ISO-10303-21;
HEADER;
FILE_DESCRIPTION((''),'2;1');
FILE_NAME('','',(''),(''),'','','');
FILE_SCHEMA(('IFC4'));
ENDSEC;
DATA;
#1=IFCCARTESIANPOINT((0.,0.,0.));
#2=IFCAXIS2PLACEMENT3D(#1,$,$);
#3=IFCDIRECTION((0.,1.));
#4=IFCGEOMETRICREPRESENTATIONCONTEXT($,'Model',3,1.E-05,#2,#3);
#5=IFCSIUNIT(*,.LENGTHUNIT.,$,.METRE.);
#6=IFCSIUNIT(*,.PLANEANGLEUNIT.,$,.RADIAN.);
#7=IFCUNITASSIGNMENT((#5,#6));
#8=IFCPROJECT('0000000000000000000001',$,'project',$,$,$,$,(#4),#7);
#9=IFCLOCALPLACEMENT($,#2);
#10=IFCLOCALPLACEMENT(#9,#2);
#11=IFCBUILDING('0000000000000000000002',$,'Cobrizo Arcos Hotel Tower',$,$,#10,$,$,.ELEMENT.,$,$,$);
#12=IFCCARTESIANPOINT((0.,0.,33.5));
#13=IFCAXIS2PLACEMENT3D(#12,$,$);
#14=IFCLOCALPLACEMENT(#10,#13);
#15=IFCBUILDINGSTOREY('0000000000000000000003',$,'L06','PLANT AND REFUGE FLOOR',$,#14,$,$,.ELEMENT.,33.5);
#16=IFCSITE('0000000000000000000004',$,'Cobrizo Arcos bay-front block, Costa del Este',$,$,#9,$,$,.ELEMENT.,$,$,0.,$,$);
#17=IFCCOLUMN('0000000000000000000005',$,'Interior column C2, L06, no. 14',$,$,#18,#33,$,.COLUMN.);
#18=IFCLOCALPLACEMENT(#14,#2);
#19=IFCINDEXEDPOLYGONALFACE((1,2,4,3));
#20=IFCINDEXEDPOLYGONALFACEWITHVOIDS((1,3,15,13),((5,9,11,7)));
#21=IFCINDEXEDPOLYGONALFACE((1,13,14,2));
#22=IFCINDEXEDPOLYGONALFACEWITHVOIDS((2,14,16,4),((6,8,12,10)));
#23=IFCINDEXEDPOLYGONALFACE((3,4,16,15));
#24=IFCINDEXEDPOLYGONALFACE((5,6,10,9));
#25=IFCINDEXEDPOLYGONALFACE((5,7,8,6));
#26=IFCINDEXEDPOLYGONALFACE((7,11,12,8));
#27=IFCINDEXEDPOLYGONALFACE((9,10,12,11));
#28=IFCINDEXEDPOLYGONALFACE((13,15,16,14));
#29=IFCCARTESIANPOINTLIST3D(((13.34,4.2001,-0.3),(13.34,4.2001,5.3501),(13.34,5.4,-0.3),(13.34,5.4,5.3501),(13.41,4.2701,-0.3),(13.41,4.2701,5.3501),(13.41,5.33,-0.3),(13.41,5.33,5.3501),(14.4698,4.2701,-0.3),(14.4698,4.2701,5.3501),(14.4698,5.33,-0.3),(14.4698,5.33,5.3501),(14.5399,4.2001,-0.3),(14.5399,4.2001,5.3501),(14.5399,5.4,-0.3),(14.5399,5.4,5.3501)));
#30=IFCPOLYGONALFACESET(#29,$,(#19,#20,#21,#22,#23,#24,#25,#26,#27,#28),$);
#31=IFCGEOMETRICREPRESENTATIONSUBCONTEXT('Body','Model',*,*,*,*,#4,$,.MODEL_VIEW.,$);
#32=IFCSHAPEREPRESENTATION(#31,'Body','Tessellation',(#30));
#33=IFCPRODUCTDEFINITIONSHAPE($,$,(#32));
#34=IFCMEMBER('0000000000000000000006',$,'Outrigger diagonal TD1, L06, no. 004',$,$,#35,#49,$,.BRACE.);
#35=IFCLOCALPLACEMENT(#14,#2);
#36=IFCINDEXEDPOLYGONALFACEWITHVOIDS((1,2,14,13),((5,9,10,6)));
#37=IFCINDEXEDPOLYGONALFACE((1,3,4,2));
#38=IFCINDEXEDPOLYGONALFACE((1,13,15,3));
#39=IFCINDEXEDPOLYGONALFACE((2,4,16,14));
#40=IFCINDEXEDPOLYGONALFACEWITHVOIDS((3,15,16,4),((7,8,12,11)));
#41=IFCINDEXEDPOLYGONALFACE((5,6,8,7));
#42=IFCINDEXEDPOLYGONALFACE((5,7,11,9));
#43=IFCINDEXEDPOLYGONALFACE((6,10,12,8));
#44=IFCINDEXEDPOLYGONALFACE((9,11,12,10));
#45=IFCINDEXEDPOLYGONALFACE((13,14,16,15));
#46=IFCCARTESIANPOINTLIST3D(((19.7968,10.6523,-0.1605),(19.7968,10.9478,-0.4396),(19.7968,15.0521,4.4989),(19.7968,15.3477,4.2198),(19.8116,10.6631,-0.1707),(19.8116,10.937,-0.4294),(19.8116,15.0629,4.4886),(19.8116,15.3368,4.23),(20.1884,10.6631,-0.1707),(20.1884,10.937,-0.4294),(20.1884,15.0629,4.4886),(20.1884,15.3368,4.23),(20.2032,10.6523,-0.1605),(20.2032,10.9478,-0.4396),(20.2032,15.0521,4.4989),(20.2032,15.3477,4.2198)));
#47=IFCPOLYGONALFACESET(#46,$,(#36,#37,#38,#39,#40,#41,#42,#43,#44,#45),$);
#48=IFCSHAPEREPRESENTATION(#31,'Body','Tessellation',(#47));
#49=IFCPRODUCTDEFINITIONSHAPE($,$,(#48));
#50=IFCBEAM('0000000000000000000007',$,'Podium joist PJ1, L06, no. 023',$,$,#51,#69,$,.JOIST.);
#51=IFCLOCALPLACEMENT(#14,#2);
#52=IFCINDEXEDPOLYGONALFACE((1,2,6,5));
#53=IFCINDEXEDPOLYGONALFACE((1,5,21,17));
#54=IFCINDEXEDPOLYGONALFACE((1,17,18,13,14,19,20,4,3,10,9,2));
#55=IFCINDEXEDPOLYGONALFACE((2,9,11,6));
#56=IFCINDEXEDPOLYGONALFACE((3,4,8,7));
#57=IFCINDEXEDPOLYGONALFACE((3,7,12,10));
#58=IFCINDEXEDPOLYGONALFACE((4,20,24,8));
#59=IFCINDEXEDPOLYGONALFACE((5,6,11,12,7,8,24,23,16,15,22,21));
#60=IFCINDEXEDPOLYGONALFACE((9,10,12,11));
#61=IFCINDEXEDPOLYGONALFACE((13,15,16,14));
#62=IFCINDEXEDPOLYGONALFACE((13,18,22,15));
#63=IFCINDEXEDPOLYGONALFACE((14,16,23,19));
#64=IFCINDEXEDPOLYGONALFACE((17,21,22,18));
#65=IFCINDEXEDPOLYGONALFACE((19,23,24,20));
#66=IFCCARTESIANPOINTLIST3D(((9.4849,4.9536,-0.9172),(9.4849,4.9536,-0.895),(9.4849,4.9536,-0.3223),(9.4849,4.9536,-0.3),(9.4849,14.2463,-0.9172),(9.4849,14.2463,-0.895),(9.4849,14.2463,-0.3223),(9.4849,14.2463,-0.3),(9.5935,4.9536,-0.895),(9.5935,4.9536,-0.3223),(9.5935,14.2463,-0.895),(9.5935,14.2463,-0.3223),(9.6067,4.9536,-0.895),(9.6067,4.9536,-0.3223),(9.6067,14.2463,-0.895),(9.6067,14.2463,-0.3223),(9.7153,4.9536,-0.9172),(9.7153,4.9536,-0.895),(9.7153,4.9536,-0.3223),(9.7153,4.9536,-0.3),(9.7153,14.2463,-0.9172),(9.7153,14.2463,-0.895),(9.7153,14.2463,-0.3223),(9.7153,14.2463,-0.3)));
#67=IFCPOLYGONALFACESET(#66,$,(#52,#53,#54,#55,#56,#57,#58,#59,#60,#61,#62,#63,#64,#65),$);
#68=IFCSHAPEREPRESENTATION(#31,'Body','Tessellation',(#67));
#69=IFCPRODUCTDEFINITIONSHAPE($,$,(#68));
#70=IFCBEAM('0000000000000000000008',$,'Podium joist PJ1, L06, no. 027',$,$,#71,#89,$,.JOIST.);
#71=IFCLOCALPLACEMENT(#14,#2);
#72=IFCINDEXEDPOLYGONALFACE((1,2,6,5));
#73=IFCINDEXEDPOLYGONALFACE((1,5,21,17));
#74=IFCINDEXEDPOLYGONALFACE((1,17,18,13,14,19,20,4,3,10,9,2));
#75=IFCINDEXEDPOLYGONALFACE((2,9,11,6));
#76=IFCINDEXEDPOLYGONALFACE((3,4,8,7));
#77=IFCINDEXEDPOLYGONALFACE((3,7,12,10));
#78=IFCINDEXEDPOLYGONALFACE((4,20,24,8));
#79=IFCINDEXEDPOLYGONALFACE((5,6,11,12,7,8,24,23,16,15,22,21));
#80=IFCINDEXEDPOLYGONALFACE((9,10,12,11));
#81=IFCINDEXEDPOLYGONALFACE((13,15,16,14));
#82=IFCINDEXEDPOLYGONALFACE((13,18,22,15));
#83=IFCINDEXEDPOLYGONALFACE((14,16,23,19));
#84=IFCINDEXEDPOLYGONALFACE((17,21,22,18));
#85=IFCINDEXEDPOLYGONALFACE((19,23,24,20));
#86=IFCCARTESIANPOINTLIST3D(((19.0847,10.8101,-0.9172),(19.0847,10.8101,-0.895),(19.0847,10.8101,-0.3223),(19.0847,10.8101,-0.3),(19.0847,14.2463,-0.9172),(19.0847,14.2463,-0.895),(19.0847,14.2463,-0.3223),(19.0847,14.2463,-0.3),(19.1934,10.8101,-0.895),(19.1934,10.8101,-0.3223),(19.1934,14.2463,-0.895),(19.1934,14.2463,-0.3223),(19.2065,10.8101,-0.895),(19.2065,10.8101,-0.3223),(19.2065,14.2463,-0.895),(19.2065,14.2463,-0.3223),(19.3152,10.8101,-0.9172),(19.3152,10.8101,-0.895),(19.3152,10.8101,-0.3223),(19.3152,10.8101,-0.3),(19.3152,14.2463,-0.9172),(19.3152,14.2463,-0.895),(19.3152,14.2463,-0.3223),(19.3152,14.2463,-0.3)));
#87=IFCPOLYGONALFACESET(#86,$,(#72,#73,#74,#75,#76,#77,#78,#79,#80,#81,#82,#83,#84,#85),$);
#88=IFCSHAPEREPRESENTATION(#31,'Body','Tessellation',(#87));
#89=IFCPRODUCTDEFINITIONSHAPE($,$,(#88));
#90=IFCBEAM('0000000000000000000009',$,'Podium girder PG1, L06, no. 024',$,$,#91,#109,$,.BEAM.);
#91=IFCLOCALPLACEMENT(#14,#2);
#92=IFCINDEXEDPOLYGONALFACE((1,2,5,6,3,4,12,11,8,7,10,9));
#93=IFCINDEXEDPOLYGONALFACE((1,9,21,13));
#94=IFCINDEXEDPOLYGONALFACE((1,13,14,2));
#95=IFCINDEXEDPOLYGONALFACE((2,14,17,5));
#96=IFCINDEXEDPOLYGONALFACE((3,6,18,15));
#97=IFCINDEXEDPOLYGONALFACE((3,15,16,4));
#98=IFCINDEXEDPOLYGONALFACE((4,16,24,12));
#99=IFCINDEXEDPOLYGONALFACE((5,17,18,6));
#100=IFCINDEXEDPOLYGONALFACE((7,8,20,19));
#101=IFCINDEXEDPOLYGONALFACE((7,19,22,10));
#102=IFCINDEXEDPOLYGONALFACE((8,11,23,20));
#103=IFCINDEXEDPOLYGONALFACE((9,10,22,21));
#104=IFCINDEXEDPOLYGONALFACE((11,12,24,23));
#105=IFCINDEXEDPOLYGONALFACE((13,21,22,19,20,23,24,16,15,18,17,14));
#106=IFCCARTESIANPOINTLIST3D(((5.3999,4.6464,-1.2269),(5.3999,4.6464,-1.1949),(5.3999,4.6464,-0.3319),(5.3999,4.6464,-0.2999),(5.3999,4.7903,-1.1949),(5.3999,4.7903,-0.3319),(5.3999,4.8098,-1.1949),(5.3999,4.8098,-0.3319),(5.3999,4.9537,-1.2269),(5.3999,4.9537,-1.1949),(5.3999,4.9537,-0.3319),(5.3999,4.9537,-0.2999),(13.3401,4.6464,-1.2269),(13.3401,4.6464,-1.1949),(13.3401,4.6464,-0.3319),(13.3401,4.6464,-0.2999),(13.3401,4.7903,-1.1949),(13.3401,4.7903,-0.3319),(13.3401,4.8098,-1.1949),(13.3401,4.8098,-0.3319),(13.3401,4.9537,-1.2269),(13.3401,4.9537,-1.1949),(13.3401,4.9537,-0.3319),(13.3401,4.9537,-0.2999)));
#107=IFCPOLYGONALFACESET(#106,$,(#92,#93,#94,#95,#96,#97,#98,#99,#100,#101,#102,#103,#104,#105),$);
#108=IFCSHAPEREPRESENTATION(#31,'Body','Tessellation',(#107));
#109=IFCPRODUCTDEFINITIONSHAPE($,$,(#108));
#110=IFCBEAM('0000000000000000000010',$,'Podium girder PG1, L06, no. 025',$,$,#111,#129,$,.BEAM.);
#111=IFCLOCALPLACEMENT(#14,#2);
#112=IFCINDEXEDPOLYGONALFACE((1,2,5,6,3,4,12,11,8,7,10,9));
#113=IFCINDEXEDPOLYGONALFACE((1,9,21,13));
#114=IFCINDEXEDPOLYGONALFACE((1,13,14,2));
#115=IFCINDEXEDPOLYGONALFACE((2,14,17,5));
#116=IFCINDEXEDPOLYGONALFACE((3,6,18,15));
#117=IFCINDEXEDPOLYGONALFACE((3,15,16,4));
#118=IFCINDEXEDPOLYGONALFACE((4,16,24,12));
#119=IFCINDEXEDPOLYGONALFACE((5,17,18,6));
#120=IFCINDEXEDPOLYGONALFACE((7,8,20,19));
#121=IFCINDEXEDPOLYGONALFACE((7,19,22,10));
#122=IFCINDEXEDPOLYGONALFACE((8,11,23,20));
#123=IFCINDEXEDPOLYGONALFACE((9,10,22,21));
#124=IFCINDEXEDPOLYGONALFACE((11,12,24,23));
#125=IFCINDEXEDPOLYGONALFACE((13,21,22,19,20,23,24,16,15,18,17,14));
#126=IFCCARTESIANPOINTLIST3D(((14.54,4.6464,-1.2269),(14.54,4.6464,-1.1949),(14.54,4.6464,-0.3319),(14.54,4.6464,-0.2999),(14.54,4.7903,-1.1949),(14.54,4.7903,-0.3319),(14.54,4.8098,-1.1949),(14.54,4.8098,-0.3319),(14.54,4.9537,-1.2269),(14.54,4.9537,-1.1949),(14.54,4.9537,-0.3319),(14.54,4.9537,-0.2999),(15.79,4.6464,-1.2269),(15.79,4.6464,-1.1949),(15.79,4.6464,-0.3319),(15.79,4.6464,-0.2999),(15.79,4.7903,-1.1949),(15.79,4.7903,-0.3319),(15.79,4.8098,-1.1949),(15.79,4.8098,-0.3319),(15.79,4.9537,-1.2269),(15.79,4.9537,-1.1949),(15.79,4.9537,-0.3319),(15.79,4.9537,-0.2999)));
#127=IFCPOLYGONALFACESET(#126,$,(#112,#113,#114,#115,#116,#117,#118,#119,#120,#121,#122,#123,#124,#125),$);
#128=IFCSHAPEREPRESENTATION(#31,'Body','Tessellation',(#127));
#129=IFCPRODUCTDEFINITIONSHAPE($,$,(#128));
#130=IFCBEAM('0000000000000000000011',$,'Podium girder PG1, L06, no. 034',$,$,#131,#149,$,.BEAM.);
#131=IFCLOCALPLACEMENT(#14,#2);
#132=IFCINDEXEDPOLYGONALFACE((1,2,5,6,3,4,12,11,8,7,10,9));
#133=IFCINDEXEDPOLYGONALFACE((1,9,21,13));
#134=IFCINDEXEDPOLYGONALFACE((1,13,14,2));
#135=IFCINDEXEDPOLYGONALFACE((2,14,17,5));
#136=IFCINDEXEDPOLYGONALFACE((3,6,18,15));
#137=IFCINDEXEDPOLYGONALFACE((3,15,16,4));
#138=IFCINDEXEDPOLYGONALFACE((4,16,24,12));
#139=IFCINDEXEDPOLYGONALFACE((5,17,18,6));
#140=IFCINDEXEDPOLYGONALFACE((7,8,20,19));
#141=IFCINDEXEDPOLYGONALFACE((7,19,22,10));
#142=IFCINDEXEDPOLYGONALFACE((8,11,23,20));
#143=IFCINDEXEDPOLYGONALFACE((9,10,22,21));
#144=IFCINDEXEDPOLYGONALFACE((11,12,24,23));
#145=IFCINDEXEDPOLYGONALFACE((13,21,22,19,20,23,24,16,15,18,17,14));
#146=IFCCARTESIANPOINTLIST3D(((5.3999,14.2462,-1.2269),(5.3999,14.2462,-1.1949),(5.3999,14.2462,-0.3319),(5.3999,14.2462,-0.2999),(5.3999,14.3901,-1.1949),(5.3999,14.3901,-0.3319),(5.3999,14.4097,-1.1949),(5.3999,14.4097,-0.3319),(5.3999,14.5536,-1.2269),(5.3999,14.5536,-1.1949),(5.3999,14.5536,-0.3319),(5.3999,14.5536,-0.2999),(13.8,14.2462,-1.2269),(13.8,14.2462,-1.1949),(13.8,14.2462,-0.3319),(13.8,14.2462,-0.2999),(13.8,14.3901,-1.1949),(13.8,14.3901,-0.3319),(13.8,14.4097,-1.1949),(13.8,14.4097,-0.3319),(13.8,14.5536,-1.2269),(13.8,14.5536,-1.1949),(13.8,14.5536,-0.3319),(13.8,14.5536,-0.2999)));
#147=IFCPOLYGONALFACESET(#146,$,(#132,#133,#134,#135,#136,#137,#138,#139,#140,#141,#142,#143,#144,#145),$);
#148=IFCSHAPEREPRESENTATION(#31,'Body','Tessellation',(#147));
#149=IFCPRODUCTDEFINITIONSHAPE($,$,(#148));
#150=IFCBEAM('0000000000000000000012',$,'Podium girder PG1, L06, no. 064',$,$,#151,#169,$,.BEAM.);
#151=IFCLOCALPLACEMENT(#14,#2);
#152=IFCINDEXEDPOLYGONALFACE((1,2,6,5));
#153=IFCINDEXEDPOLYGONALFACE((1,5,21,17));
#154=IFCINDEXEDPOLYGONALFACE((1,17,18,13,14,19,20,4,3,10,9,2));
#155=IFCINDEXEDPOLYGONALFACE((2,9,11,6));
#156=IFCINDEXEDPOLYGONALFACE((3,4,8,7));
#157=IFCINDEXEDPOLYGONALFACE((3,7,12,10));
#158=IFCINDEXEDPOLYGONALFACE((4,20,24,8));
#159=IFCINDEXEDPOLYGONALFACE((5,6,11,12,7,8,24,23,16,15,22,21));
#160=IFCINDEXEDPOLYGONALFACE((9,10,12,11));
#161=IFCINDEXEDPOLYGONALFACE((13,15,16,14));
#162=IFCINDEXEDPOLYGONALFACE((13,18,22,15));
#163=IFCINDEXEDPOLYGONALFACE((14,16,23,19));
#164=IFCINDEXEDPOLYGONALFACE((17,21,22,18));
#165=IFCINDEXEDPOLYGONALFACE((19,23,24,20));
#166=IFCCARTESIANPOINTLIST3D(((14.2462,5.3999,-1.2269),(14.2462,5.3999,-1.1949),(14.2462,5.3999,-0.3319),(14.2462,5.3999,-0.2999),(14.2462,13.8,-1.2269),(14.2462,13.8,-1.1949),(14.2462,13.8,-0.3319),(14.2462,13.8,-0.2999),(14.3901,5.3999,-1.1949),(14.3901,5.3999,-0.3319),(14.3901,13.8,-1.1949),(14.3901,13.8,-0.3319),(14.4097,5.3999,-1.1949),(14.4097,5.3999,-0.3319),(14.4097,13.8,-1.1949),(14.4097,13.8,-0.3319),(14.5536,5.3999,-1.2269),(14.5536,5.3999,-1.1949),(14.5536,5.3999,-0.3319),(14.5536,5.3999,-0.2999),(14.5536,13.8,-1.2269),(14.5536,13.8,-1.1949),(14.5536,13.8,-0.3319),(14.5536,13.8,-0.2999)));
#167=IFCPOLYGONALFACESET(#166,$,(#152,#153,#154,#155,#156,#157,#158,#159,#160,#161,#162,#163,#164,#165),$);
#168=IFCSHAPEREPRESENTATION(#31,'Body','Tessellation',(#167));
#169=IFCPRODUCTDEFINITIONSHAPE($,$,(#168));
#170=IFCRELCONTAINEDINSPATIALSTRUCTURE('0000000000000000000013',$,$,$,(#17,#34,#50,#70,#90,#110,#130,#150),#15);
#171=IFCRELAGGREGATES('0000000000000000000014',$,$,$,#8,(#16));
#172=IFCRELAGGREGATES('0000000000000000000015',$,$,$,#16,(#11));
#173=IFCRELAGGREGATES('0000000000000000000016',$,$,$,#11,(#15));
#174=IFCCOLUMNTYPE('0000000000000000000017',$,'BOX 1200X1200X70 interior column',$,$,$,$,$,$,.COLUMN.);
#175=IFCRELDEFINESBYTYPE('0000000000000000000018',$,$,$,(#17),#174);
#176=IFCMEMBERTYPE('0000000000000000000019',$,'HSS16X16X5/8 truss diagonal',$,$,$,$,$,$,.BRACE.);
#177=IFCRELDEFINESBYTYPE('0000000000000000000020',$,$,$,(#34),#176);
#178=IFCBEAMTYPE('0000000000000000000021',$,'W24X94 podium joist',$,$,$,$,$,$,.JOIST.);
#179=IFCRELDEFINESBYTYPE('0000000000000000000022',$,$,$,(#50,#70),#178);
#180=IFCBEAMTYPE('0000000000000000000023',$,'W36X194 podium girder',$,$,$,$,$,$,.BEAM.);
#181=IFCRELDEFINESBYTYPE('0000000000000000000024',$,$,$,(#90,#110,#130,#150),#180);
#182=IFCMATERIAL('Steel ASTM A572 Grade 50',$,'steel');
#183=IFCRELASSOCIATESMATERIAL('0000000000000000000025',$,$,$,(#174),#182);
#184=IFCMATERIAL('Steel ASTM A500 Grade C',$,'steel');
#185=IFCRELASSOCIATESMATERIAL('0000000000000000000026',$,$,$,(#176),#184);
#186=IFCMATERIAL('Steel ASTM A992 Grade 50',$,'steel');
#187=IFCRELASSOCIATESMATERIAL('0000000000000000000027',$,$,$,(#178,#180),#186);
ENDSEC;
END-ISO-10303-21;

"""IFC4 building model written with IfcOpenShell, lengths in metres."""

from ifc_helpers import new_model, si_unit, direction, frame, origin, origin_2d, place, context, subcontext, project, spatial, hollow_rectangle, i_section, extrude, material, material_profile, profile_set, type_object, element, save


model = new_model("IFC4")

# Units and contexts
model_context = context("Model", 3, precision=1e-05, world=origin(), true_north=direction((0.0, 1.0)))
body_context = subcontext(model_context, "Body", "Model", "MODEL_VIEW")
ifc_project = project(units=[si_unit("LENGTHUNIT", "METRE"), si_unit("PLANEANGLEUNIT", "RADIAN")], contexts=[model_context])

# Site, building, storey
site_placement = place(None, origin())
site = spatial("IfcSite", under=ifc_project, at=site_placement, Name="Cobrizo Arcos bay-front block, Costa del Este", CompositionType="ELEMENT", RefElevation=0.0)
building_placement = place(site_placement, origin())
building = spatial("IfcBuilding", under=site, at=building_placement, Name="Cobrizo Arcos Hotel Tower", CompositionType="ELEMENT")
storey_placement = place(building_placement, frame((0.0, 0.0, 33.5)))
storey = spatial("IfcBuildingStorey", under=building, at=storey_placement, Name="L06", Description="PLANT AND REFUGE FLOOR", CompositionType="ELEMENT", Elevation=33.5)

# Column
ifc_material_1 = material(Name="Steel ASTM A572 Grade 50", Category="steel")
ifc_material_profile_1 = material_profile(ifc_material_1, hollow_rectangle(XDim=1.2, YDim=1.2, WallThickness=0.0701, at=origin_2d()), Name="BOX 1200X1200X70")
ifc_profile_set_1 = profile_set([ifc_material_profile_1], Name="Steel ASTM A572 Grade 50")
column_type = type_object("IfcColumnType", Name="BOX 1200X1200X70 interior column", PredefinedType="COLUMN", material=ifc_profile_set_1)
column_placement = place(storey_placement, frame((13.9399, 4.8, -0.3), z_axis=(0.0, 0.0, 1.0), x_axis=(1.0, 0.0, 0.0)))
element("IfcColumn", 1, at=column_placement, inside=storey, type_object=column_type, Name="Interior column C2, L06, no. 14", PredefinedType="COLUMN", context=body_context, shape_type="SweptSolid", body=[
    extrude(hollow_rectangle(XDim=1.2, YDim=1.2, WallThickness=0.0701, at=origin_2d()), origin(), (0.0, 0.0, 1.0), 5.6501),
])

# Member
ifc_material_2 = material(Name="Steel ASTM A500 Grade C", Category="steel")
ifc_material_profile_2 = material_profile(ifc_material_2, hollow_rectangle(XDim=0.4065, YDim=0.4065, WallThickness=0.0149, at=origin_2d()), Name="HSS16X16X5/8")
ifc_profile_set_2 = profile_set([ifc_material_profile_2], Name="Steel ASTM A500 Grade C")
member_type_1 = type_object("IfcMemberType", Name="HSS16X16X5/8 truss diagonal", PredefinedType="BRACE", material=ifc_profile_set_2)
member_1_placement = place(storey_placement, frame((20.0, 10.8, -0.3), z_axis=(0.0, 0.686569, 0.727065), x_axis=(-1.0, 0.0, 0.0)))
element("IfcMember", 2, at=member_1_placement, inside=storey, type_object=member_type_1, Name="Outrigger diagonal TD1, L06, no. 004", PredefinedType="BRACE", context=body_context, shape_type="SweptSolid", body=[
    extrude(hollow_rectangle(XDim=0.4065, YDim=0.4065, WallThickness=0.0149, at=origin_2d()), origin(), (0.0, 0.0, 1.0), 6.4084),
])

# Beams
ifc_material_3 = material(Name="Steel ASTM A992 Grade 50", Category="steel")
ifc_material_profile_3 = material_profile(ifc_material_3, i_section(OverallWidth=0.2305, OverallDepth=0.6172, WebThickness=0.0132, FlangeThickness=0.0222, at=origin_2d()), Name="W24X94")
ifc_profile_set_3 = profile_set([ifc_material_profile_3], Name="Steel ASTM A992 Grade 50")
beam_type_1 = type_object("IfcBeamType", Name="W24X94 podium joist", PredefinedType="JOIST", material=ifc_profile_set_3)
beam_1_placement = place(storey_placement, frame((9.6001, 4.9536, -0.6086), z_axis=(0.0, 1.0, 0.0), x_axis=(-1.0, 0.0, 0.0)))
element("IfcBeam", 3, at=beam_1_placement, inside=storey, type_object=beam_type_1, Name="Podium joist PJ1, L06, no. 023", PredefinedType="JOIST", context=body_context, shape_type="SweptSolid", body=[
    extrude(i_section(OverallWidth=0.2305, OverallDepth=0.6172, WebThickness=0.0132, FlangeThickness=0.0222, at=origin_2d()), origin(), (0.0, 0.0, 1.0), 9.2927),
])
beam_2_placement = place(storey_placement, frame((19.2, 10.8101, -0.6086), z_axis=(0.0, 1.0, 0.0), x_axis=(-1.0, 0.0, 0.0)))
element("IfcBeam", 4, at=beam_2_placement, inside=storey, type_object=beam_type_1, Name="Podium joist PJ1, L06, no. 027", PredefinedType="JOIST", context=body_context, shape_type="SweptSolid", body=[
    extrude(i_section(OverallWidth=0.2305, OverallDepth=0.6172, WebThickness=0.0132, FlangeThickness=0.0222, at=origin_2d()), origin(), (0.0, 0.0, 1.0), 3.4363),
])
ifc_material_profile_4 = material_profile(ifc_material_3, i_section(OverallWidth=0.3074, OverallDepth=0.927, WebThickness=0.0195, FlangeThickness=0.032, at=origin_2d()), Name="W36X194")
ifc_profile_set_4 = profile_set([ifc_material_profile_4], Name="Steel ASTM A992 Grade 50")
beam_type_2 = type_object("IfcBeamType", Name="W36X194 podium girder", PredefinedType="BEAM", material=ifc_profile_set_4)
beam_3_placement = place(storey_placement, frame((5.3999, 4.8, -0.7634), z_axis=(1.0, 0.0, 0.0), x_axis=(0.0, 1.0, 0.0)))
element("IfcBeam", 5, at=beam_3_placement, inside=storey, type_object=beam_type_2, Name="Podium girder PG1, L06, no. 024", PredefinedType="BEAM", context=body_context, shape_type="SweptSolid", body=[
    extrude(i_section(OverallWidth=0.3074, OverallDepth=0.927, WebThickness=0.0195, FlangeThickness=0.032, at=origin_2d()), origin(), (0.0, 0.0, 1.0), 7.9402),
])
beam_4_placement = place(storey_placement, frame((14.54, 4.8, -0.7634), z_axis=(1.0, 0.0, 0.0), x_axis=(0.0, 1.0, 0.0)))
element("IfcBeam", 6, at=beam_4_placement, inside=storey, type_object=beam_type_2, Name="Podium girder PG1, L06, no. 025", PredefinedType="BEAM", context=body_context, shape_type="SweptSolid", body=[
    extrude(i_section(OverallWidth=0.3074, OverallDepth=0.927, WebThickness=0.0195, FlangeThickness=0.032, at=origin_2d()), origin(), (0.0, 0.0, 1.0), 1.25),
])
for number, where, z_axis, x_axis, name in (
    (7, (5.3999, 14.3999, -0.7634), (1.0, 0.0, 0.0), (0.0, 1.0, 0.0), "Podium girder PG1, L06, no. 034"),
    (8, (14.3999, 5.3999, -0.7634), (0.0, 1.0, 0.0), (-1.0, 0.0, 0.0), "Podium girder PG1, L06, no. 064"),
):
    element("IfcBeam", number, at=place(storey_placement, frame(where, z_axis=z_axis, x_axis=x_axis)), inside=storey, type_object=beam_type_2, Name=name, PredefinedType="BEAM", context=body_context, shape_type="SweptSolid", body=[
        extrude(i_section(OverallWidth=0.3074, OverallDepth=0.927, WebThickness=0.0195, FlangeThickness=0.032, at=origin_2d()), origin(), (0.0, 0.0, 1.0), 8.4001),
    ])

save(model, "model.ifc")
